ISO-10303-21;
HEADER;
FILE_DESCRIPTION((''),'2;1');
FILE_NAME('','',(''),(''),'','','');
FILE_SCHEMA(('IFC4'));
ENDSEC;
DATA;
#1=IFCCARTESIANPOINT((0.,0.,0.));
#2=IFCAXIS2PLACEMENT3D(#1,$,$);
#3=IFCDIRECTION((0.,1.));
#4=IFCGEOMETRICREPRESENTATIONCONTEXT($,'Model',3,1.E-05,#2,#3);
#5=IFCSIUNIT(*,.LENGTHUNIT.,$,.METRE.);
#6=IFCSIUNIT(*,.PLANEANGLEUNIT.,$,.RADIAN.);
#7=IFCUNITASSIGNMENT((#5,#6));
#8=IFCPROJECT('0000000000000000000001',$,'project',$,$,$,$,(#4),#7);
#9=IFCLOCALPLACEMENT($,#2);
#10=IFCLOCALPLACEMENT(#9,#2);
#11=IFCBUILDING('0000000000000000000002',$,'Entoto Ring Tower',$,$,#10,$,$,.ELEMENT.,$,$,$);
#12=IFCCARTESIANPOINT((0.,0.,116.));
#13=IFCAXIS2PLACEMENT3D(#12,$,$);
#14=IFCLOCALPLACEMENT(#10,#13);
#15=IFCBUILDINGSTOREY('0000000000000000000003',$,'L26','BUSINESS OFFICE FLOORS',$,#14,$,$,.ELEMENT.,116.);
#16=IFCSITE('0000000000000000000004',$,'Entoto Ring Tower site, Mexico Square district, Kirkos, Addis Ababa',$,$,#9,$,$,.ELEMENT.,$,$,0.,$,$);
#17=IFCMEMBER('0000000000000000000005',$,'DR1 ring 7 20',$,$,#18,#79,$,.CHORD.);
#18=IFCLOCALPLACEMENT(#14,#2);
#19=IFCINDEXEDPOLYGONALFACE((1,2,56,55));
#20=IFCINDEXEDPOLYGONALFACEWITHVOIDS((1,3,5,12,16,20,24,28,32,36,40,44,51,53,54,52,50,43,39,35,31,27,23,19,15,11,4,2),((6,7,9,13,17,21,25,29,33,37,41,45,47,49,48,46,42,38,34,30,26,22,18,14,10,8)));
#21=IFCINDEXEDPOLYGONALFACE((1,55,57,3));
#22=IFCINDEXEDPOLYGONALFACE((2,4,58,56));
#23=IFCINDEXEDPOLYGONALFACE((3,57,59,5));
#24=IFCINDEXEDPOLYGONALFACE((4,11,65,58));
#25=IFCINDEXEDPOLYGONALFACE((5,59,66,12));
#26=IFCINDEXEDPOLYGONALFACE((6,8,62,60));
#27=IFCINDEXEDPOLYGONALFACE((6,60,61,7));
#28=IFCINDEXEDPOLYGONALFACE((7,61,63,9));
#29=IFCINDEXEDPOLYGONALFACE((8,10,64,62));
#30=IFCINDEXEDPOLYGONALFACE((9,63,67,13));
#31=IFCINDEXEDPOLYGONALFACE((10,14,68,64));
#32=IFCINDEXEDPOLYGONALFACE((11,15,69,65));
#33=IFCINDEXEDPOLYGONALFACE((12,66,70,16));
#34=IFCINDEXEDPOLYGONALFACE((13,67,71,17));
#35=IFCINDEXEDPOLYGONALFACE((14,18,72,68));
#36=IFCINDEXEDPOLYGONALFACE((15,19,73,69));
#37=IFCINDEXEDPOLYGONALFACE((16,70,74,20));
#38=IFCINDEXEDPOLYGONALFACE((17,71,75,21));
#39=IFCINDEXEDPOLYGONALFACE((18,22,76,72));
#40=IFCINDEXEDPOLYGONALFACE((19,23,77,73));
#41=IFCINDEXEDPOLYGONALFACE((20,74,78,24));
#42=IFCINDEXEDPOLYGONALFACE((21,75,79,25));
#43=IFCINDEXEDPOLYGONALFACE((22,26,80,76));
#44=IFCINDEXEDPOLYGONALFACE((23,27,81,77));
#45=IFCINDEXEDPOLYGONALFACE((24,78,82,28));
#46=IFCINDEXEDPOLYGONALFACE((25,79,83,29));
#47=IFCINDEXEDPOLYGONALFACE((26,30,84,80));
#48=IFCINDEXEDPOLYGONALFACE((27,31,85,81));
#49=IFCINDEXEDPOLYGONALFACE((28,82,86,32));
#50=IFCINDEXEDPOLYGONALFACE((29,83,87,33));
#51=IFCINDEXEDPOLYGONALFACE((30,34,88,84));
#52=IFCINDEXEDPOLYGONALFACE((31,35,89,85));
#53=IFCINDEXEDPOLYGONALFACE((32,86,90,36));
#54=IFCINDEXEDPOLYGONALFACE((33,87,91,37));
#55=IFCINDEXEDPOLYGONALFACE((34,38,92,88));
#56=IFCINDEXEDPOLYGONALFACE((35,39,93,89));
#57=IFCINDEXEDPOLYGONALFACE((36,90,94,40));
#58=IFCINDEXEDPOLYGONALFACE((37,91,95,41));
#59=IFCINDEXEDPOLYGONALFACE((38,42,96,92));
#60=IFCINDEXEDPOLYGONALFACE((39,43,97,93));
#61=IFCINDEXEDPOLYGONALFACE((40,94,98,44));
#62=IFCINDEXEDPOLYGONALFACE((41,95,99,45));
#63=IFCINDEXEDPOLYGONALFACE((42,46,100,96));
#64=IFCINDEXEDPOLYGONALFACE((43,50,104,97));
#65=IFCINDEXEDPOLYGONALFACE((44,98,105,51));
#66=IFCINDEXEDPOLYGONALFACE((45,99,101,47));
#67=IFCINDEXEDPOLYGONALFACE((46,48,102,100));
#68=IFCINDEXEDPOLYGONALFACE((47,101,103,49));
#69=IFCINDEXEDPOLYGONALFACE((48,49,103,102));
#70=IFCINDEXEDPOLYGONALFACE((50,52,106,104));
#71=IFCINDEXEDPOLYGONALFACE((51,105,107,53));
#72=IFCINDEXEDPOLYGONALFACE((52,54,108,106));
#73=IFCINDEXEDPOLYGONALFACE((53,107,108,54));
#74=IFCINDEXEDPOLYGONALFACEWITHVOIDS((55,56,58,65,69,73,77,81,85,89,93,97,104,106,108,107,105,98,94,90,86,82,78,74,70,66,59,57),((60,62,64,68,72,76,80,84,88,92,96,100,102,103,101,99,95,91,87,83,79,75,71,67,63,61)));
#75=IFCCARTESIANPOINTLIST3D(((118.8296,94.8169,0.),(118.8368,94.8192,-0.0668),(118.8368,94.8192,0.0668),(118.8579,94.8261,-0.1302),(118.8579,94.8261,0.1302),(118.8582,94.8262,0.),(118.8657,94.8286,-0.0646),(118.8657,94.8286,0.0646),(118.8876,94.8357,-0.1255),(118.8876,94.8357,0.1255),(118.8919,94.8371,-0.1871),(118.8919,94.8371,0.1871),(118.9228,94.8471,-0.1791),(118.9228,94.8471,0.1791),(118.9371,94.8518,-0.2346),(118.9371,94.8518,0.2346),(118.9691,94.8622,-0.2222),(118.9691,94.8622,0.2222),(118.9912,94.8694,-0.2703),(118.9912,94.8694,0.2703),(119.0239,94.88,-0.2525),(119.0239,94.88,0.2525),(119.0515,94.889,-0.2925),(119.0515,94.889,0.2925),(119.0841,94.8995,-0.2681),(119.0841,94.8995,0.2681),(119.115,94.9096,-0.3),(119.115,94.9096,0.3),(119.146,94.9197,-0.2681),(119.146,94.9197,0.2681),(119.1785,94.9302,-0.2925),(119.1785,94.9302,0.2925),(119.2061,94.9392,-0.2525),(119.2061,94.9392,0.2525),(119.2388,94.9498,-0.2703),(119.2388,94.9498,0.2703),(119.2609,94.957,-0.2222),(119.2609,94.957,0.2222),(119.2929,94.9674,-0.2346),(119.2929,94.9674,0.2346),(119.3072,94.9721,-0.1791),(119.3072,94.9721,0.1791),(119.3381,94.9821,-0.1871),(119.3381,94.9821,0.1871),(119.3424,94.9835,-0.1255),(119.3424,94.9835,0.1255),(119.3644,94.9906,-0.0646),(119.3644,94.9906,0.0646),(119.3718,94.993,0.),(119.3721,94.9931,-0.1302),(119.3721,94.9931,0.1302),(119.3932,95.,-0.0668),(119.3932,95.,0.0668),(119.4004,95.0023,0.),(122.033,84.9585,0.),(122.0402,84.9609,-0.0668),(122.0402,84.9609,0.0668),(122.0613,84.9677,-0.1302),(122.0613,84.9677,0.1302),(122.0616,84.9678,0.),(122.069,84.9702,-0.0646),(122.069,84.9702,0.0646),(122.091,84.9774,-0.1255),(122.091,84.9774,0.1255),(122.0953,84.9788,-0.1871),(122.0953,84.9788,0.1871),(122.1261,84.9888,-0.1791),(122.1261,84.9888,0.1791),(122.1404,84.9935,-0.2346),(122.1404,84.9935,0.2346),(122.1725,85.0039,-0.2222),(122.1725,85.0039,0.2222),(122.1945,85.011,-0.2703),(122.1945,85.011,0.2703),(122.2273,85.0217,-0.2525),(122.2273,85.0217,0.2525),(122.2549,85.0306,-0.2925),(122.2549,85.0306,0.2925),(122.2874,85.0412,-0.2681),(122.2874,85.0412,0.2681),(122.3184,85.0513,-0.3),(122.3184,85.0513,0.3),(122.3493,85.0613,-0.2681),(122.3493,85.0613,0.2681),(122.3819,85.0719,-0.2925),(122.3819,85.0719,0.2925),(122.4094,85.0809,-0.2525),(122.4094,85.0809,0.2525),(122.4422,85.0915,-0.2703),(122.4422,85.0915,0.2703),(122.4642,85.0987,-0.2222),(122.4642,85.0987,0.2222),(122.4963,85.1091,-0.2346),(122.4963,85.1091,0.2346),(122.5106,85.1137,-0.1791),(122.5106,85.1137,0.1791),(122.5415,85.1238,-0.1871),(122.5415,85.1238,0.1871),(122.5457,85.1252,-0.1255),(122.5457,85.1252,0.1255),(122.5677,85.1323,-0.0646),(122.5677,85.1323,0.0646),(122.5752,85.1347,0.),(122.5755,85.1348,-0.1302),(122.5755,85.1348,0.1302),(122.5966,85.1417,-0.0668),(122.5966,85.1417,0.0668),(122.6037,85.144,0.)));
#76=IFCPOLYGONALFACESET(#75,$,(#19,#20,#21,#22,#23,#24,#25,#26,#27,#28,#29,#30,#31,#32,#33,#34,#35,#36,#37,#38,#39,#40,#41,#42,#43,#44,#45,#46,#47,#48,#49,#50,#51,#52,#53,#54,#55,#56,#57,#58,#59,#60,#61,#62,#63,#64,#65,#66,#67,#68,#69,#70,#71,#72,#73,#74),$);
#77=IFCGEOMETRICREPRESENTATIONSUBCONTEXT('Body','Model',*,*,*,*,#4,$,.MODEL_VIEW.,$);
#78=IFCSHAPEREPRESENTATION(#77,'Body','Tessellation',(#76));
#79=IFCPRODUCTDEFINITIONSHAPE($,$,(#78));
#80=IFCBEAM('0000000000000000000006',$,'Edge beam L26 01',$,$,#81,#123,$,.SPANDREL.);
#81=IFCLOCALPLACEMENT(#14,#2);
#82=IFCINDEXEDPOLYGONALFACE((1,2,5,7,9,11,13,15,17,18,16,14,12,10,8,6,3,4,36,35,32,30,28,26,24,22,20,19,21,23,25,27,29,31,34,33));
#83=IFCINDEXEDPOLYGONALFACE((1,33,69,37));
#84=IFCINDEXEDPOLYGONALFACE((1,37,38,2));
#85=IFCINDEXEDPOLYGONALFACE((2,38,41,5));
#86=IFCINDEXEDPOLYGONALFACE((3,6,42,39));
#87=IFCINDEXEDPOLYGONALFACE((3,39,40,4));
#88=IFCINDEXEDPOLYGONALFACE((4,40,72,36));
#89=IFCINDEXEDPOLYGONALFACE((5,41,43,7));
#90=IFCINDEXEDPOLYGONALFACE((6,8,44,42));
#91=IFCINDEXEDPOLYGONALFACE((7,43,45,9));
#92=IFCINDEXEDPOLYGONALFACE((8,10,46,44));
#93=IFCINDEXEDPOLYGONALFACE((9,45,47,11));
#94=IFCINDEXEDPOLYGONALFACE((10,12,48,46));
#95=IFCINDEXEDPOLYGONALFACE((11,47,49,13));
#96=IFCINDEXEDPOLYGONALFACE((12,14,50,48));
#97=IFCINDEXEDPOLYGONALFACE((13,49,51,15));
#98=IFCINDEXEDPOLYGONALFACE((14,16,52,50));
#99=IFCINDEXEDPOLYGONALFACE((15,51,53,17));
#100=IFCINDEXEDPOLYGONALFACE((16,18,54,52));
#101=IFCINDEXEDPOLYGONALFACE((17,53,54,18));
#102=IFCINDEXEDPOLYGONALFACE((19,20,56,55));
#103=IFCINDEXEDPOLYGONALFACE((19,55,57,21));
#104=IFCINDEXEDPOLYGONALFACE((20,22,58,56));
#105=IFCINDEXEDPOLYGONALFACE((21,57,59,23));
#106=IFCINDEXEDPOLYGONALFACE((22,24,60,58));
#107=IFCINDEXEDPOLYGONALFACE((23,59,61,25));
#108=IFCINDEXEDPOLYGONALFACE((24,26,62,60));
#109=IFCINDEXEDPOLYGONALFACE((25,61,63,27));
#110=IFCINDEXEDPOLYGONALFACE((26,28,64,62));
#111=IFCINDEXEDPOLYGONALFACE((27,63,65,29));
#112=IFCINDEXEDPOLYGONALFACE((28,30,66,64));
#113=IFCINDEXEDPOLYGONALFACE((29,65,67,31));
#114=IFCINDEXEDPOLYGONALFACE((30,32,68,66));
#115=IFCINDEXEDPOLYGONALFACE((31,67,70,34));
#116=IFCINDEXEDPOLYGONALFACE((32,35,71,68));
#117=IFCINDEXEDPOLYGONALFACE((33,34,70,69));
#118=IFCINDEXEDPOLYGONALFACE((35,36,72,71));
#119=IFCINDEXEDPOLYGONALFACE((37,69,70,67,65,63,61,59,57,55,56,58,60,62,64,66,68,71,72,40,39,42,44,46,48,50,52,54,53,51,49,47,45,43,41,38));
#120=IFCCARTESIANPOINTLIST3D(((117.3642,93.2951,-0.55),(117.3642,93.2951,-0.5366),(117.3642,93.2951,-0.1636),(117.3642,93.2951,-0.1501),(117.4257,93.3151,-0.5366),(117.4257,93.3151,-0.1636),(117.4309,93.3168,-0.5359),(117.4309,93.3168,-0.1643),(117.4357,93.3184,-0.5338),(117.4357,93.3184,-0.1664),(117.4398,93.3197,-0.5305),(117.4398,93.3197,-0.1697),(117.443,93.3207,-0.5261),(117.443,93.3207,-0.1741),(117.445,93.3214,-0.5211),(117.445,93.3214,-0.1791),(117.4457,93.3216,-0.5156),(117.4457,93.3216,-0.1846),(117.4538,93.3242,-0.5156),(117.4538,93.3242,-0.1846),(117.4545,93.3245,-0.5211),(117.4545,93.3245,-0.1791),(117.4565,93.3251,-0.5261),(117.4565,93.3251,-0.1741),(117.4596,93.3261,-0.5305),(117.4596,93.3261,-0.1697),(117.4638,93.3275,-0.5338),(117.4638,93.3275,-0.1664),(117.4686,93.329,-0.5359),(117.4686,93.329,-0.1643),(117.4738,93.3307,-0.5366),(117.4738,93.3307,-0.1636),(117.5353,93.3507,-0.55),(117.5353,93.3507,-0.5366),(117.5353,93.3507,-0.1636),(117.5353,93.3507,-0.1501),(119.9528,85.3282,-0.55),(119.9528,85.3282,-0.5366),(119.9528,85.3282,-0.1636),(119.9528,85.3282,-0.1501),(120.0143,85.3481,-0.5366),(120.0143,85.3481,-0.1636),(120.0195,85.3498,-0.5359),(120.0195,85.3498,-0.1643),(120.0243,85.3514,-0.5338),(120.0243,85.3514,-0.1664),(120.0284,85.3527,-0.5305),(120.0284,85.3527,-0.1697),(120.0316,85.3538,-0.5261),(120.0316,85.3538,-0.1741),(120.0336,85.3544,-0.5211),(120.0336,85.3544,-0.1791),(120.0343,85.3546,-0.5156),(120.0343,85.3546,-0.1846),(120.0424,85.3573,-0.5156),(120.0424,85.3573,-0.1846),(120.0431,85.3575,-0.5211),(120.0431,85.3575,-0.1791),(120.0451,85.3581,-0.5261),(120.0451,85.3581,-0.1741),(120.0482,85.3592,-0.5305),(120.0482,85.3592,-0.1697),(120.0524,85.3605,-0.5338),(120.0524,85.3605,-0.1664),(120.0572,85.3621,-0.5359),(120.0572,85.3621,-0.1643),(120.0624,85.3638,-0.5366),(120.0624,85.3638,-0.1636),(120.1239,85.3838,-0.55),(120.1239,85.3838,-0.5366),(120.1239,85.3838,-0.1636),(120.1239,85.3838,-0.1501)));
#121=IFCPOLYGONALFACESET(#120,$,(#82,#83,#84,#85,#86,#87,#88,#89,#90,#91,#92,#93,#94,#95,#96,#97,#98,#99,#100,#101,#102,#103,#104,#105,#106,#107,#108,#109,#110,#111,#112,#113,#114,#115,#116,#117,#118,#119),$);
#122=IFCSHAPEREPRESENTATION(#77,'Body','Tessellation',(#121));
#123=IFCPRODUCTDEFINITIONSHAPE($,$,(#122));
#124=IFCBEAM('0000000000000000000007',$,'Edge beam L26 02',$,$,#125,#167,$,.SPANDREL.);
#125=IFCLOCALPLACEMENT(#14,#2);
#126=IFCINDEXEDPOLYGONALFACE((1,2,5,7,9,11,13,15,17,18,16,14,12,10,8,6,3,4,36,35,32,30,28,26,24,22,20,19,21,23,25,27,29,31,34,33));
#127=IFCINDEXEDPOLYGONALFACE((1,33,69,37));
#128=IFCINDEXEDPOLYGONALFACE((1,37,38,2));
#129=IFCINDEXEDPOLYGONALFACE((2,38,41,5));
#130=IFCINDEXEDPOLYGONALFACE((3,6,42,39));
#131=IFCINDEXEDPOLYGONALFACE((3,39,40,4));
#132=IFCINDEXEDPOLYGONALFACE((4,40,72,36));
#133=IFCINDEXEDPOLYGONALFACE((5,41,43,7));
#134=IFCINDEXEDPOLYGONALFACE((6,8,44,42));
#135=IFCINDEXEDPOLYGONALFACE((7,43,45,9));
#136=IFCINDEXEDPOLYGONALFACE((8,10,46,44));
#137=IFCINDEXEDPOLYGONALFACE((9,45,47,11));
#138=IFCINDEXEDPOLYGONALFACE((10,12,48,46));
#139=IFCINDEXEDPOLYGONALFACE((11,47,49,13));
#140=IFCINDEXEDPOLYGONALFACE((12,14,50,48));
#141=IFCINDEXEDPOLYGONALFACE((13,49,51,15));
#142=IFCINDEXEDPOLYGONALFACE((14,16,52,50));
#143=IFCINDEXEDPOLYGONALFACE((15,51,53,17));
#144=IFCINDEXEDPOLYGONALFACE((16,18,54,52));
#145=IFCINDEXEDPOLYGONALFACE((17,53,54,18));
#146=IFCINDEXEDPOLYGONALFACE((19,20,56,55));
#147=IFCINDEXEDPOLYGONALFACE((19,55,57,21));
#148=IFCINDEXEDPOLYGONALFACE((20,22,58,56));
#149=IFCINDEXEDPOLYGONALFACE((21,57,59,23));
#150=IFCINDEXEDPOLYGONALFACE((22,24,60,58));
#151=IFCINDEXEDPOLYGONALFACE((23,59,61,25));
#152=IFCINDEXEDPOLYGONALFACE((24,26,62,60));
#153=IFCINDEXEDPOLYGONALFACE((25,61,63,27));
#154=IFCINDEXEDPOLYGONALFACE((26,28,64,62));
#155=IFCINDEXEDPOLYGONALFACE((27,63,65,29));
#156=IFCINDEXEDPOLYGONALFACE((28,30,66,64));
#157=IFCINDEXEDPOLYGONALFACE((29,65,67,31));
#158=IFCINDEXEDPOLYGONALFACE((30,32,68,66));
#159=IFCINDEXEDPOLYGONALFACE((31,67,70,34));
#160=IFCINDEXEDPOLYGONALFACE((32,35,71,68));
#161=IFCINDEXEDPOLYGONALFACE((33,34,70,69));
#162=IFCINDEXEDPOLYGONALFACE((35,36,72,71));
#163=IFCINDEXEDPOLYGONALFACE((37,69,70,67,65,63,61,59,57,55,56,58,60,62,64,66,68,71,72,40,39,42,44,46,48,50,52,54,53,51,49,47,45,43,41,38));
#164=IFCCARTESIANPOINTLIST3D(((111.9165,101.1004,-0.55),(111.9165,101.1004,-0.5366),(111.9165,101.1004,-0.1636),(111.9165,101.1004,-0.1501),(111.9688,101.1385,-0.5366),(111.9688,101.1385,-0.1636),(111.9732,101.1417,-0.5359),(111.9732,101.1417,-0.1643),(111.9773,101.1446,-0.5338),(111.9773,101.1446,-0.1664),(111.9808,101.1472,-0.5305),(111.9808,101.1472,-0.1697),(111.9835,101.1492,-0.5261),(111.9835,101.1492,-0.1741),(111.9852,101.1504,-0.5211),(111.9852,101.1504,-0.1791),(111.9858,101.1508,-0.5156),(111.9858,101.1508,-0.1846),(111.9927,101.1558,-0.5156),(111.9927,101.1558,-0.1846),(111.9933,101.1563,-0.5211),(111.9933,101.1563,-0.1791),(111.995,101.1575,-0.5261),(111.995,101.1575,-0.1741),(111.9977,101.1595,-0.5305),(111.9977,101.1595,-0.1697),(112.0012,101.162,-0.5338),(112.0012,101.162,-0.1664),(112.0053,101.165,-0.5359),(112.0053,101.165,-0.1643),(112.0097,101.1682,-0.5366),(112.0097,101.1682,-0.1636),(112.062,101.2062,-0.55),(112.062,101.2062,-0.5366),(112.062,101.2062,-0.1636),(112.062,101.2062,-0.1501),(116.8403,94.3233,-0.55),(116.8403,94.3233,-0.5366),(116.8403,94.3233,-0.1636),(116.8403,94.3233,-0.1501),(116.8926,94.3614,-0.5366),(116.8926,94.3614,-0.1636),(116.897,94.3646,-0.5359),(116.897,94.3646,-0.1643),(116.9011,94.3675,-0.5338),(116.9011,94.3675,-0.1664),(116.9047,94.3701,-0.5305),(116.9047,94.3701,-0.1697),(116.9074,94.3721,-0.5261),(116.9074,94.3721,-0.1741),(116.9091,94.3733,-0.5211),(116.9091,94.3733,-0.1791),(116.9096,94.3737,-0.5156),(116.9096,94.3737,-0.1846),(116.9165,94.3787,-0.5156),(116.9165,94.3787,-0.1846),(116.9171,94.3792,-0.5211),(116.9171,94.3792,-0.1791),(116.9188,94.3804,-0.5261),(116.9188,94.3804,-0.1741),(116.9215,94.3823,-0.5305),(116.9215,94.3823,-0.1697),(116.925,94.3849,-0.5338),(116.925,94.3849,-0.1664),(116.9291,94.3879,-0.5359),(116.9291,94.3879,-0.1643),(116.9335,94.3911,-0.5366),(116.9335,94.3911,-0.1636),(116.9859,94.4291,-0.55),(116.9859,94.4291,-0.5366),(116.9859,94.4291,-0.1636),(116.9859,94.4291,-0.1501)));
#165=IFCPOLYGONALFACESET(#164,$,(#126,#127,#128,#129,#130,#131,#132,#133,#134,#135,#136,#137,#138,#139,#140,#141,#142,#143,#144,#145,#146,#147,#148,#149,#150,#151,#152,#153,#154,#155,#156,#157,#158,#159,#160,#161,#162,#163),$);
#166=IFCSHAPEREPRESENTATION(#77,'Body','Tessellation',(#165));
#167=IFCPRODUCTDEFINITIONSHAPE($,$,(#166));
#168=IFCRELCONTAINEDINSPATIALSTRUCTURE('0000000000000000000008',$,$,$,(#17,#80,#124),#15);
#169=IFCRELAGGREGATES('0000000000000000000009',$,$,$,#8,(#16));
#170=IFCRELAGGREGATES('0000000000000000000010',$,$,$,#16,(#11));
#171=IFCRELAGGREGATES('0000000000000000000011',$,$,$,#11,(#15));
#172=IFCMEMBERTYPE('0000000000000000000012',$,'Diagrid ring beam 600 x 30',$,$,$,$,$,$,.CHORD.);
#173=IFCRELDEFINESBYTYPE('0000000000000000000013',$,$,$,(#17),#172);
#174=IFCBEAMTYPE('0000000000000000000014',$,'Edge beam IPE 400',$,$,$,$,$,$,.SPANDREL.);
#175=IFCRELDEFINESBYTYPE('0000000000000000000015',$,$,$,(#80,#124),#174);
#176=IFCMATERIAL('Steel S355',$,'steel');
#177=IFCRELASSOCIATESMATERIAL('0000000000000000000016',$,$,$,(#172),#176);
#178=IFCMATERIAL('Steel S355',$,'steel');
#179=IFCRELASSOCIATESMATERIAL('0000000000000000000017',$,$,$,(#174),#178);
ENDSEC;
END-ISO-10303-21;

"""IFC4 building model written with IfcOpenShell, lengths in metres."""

from ifc_helpers import new_model, si_unit, direction, frame, origin, origin_2d, place, context, subcontext, project, spatial, circle, hollow_circle, i_section, extrude, material, material_profile, profile_set, type_object, element, save


model = new_model("IFC4")

# Units and contexts
model_context = context("Model", 3, precision=1e-05, world=origin(), true_north=direction((0.0, 1.0)))
body_context = subcontext(model_context, "Body", "Model", "MODEL_VIEW")
ifc_project = project(units=[si_unit("LENGTHUNIT", "METRE"), si_unit("PLANEANGLEUNIT", "RADIAN")], contexts=[model_context])

# Site, building, storey
site_placement = place(None, origin())
site = spatial("IfcSite", under=ifc_project, at=site_placement, Name="Entoto Ring Tower site, Mexico Square district, Kirkos, Addis Ababa", CompositionType="ELEMENT", RefElevation=0.0)
building_placement = place(site_placement, origin())
building = spatial("IfcBuilding", under=site, at=building_placement, Name="Entoto Ring Tower", CompositionType="ELEMENT")
storey_placement = place(building_placement, frame((0.0, 0.0, 116.0)))
storey = spatial("IfcBuildingStorey", under=building, at=storey_placement, Name="L26", Description="BUSINESS OFFICE FLOORS", CompositionType="ELEMENT", Elevation=116.0)

# Member
ifc_material_1 = material(Name="Steel S355", Category="steel")
ifc_material_profile_1 = material_profile(ifc_material_1, hollow_circle(Radius=0.3, WallThickness=0.03, at=origin_2d()), Name="CHS 600 x 30")
ifc_material_2 = material(Name="Concrete C60/75", Category="concrete")
ifc_material_profile_2 = material_profile(ifc_material_2, circle(Radius=0.27, at=origin_2d()), Name="Concrete C60/75 infill")
ifc_profile_set_1 = profile_set([ifc_material_profile_1, ifc_material_profile_2], Name="Steel S355")
member_type_1 = type_object("IfcMemberType", Name="Diagrid ring beam 600 x 30", PredefinedType="CHORD", material=ifc_profile_set_1)
for number, where, z_axis, x_axis, name in (
    (1, (122.3184, 85.0513, 0.0), (-0.309033, 0.951051, 0.0), (-0.951051, -0.309033, 0.0), "DR1 ring 7 20"),
):
    element("IfcMember", number, at=place(storey_placement, frame(where, z_axis=z_axis, x_axis=x_axis)), inside=storey, type_object=member_type_1, Name=name, PredefinedType="CHORD", context=body_context, shape_type="SweptSolid", body=[
        extrude(hollow_circle(Radius=0.3, WallThickness=0.03, at=origin_2d()), origin(), (0.0, 0.0, 1.0), 10.3657),
    ])

# Beams
ifc_material_3 = material(Name="Steel S355", Category="steel")
ifc_material_profile_3 = material_profile(ifc_material_3, i_section(OverallWidth=0.1799, OverallDepth=0.3999, WebThickness=0.0085, FlangeThickness=0.0134, FilletRadius=0.021, at=origin_2d()), Name="IPE 400")
ifc_profile_set_2 = profile_set([ifc_material_profile_3], Name="Steel S355")
beam_type_1 = type_object("IfcBeamType", Name="Edge beam IPE 400", PredefinedType="SPANDREL", material=ifc_profile_set_2)
for number, where, z_axis, x_axis, name in (
    (2, (120.0383, 85.356, -0.3501), (-0.309014, 0.951057, 0.0), (-0.951057, -0.309014, 0.0), "Edge beam L26 01"),
    (3, (116.9131, 94.3762, -0.3501), (-0.587783, 0.809018, 0.0), (-0.809018, -0.587783, 0.0), "Edge beam L26 02"),
):
    element("IfcBeam", number, at=place(storey_placement, frame(where, z_axis=z_axis, x_axis=x_axis)), inside=storey, type_object=beam_type_1, Name=name, PredefinedType="SPANDREL", context=body_context, shape_type="SweptSolid", body=[
        extrude(i_section(OverallWidth=0.1799, OverallDepth=0.3999, WebThickness=0.0085, FlangeThickness=0.0134, FilletRadius=0.021, at=origin_2d()), origin(), (0.0, 0.0, 1.0), 8.377),
    ])

save(model, "model.ifc")
